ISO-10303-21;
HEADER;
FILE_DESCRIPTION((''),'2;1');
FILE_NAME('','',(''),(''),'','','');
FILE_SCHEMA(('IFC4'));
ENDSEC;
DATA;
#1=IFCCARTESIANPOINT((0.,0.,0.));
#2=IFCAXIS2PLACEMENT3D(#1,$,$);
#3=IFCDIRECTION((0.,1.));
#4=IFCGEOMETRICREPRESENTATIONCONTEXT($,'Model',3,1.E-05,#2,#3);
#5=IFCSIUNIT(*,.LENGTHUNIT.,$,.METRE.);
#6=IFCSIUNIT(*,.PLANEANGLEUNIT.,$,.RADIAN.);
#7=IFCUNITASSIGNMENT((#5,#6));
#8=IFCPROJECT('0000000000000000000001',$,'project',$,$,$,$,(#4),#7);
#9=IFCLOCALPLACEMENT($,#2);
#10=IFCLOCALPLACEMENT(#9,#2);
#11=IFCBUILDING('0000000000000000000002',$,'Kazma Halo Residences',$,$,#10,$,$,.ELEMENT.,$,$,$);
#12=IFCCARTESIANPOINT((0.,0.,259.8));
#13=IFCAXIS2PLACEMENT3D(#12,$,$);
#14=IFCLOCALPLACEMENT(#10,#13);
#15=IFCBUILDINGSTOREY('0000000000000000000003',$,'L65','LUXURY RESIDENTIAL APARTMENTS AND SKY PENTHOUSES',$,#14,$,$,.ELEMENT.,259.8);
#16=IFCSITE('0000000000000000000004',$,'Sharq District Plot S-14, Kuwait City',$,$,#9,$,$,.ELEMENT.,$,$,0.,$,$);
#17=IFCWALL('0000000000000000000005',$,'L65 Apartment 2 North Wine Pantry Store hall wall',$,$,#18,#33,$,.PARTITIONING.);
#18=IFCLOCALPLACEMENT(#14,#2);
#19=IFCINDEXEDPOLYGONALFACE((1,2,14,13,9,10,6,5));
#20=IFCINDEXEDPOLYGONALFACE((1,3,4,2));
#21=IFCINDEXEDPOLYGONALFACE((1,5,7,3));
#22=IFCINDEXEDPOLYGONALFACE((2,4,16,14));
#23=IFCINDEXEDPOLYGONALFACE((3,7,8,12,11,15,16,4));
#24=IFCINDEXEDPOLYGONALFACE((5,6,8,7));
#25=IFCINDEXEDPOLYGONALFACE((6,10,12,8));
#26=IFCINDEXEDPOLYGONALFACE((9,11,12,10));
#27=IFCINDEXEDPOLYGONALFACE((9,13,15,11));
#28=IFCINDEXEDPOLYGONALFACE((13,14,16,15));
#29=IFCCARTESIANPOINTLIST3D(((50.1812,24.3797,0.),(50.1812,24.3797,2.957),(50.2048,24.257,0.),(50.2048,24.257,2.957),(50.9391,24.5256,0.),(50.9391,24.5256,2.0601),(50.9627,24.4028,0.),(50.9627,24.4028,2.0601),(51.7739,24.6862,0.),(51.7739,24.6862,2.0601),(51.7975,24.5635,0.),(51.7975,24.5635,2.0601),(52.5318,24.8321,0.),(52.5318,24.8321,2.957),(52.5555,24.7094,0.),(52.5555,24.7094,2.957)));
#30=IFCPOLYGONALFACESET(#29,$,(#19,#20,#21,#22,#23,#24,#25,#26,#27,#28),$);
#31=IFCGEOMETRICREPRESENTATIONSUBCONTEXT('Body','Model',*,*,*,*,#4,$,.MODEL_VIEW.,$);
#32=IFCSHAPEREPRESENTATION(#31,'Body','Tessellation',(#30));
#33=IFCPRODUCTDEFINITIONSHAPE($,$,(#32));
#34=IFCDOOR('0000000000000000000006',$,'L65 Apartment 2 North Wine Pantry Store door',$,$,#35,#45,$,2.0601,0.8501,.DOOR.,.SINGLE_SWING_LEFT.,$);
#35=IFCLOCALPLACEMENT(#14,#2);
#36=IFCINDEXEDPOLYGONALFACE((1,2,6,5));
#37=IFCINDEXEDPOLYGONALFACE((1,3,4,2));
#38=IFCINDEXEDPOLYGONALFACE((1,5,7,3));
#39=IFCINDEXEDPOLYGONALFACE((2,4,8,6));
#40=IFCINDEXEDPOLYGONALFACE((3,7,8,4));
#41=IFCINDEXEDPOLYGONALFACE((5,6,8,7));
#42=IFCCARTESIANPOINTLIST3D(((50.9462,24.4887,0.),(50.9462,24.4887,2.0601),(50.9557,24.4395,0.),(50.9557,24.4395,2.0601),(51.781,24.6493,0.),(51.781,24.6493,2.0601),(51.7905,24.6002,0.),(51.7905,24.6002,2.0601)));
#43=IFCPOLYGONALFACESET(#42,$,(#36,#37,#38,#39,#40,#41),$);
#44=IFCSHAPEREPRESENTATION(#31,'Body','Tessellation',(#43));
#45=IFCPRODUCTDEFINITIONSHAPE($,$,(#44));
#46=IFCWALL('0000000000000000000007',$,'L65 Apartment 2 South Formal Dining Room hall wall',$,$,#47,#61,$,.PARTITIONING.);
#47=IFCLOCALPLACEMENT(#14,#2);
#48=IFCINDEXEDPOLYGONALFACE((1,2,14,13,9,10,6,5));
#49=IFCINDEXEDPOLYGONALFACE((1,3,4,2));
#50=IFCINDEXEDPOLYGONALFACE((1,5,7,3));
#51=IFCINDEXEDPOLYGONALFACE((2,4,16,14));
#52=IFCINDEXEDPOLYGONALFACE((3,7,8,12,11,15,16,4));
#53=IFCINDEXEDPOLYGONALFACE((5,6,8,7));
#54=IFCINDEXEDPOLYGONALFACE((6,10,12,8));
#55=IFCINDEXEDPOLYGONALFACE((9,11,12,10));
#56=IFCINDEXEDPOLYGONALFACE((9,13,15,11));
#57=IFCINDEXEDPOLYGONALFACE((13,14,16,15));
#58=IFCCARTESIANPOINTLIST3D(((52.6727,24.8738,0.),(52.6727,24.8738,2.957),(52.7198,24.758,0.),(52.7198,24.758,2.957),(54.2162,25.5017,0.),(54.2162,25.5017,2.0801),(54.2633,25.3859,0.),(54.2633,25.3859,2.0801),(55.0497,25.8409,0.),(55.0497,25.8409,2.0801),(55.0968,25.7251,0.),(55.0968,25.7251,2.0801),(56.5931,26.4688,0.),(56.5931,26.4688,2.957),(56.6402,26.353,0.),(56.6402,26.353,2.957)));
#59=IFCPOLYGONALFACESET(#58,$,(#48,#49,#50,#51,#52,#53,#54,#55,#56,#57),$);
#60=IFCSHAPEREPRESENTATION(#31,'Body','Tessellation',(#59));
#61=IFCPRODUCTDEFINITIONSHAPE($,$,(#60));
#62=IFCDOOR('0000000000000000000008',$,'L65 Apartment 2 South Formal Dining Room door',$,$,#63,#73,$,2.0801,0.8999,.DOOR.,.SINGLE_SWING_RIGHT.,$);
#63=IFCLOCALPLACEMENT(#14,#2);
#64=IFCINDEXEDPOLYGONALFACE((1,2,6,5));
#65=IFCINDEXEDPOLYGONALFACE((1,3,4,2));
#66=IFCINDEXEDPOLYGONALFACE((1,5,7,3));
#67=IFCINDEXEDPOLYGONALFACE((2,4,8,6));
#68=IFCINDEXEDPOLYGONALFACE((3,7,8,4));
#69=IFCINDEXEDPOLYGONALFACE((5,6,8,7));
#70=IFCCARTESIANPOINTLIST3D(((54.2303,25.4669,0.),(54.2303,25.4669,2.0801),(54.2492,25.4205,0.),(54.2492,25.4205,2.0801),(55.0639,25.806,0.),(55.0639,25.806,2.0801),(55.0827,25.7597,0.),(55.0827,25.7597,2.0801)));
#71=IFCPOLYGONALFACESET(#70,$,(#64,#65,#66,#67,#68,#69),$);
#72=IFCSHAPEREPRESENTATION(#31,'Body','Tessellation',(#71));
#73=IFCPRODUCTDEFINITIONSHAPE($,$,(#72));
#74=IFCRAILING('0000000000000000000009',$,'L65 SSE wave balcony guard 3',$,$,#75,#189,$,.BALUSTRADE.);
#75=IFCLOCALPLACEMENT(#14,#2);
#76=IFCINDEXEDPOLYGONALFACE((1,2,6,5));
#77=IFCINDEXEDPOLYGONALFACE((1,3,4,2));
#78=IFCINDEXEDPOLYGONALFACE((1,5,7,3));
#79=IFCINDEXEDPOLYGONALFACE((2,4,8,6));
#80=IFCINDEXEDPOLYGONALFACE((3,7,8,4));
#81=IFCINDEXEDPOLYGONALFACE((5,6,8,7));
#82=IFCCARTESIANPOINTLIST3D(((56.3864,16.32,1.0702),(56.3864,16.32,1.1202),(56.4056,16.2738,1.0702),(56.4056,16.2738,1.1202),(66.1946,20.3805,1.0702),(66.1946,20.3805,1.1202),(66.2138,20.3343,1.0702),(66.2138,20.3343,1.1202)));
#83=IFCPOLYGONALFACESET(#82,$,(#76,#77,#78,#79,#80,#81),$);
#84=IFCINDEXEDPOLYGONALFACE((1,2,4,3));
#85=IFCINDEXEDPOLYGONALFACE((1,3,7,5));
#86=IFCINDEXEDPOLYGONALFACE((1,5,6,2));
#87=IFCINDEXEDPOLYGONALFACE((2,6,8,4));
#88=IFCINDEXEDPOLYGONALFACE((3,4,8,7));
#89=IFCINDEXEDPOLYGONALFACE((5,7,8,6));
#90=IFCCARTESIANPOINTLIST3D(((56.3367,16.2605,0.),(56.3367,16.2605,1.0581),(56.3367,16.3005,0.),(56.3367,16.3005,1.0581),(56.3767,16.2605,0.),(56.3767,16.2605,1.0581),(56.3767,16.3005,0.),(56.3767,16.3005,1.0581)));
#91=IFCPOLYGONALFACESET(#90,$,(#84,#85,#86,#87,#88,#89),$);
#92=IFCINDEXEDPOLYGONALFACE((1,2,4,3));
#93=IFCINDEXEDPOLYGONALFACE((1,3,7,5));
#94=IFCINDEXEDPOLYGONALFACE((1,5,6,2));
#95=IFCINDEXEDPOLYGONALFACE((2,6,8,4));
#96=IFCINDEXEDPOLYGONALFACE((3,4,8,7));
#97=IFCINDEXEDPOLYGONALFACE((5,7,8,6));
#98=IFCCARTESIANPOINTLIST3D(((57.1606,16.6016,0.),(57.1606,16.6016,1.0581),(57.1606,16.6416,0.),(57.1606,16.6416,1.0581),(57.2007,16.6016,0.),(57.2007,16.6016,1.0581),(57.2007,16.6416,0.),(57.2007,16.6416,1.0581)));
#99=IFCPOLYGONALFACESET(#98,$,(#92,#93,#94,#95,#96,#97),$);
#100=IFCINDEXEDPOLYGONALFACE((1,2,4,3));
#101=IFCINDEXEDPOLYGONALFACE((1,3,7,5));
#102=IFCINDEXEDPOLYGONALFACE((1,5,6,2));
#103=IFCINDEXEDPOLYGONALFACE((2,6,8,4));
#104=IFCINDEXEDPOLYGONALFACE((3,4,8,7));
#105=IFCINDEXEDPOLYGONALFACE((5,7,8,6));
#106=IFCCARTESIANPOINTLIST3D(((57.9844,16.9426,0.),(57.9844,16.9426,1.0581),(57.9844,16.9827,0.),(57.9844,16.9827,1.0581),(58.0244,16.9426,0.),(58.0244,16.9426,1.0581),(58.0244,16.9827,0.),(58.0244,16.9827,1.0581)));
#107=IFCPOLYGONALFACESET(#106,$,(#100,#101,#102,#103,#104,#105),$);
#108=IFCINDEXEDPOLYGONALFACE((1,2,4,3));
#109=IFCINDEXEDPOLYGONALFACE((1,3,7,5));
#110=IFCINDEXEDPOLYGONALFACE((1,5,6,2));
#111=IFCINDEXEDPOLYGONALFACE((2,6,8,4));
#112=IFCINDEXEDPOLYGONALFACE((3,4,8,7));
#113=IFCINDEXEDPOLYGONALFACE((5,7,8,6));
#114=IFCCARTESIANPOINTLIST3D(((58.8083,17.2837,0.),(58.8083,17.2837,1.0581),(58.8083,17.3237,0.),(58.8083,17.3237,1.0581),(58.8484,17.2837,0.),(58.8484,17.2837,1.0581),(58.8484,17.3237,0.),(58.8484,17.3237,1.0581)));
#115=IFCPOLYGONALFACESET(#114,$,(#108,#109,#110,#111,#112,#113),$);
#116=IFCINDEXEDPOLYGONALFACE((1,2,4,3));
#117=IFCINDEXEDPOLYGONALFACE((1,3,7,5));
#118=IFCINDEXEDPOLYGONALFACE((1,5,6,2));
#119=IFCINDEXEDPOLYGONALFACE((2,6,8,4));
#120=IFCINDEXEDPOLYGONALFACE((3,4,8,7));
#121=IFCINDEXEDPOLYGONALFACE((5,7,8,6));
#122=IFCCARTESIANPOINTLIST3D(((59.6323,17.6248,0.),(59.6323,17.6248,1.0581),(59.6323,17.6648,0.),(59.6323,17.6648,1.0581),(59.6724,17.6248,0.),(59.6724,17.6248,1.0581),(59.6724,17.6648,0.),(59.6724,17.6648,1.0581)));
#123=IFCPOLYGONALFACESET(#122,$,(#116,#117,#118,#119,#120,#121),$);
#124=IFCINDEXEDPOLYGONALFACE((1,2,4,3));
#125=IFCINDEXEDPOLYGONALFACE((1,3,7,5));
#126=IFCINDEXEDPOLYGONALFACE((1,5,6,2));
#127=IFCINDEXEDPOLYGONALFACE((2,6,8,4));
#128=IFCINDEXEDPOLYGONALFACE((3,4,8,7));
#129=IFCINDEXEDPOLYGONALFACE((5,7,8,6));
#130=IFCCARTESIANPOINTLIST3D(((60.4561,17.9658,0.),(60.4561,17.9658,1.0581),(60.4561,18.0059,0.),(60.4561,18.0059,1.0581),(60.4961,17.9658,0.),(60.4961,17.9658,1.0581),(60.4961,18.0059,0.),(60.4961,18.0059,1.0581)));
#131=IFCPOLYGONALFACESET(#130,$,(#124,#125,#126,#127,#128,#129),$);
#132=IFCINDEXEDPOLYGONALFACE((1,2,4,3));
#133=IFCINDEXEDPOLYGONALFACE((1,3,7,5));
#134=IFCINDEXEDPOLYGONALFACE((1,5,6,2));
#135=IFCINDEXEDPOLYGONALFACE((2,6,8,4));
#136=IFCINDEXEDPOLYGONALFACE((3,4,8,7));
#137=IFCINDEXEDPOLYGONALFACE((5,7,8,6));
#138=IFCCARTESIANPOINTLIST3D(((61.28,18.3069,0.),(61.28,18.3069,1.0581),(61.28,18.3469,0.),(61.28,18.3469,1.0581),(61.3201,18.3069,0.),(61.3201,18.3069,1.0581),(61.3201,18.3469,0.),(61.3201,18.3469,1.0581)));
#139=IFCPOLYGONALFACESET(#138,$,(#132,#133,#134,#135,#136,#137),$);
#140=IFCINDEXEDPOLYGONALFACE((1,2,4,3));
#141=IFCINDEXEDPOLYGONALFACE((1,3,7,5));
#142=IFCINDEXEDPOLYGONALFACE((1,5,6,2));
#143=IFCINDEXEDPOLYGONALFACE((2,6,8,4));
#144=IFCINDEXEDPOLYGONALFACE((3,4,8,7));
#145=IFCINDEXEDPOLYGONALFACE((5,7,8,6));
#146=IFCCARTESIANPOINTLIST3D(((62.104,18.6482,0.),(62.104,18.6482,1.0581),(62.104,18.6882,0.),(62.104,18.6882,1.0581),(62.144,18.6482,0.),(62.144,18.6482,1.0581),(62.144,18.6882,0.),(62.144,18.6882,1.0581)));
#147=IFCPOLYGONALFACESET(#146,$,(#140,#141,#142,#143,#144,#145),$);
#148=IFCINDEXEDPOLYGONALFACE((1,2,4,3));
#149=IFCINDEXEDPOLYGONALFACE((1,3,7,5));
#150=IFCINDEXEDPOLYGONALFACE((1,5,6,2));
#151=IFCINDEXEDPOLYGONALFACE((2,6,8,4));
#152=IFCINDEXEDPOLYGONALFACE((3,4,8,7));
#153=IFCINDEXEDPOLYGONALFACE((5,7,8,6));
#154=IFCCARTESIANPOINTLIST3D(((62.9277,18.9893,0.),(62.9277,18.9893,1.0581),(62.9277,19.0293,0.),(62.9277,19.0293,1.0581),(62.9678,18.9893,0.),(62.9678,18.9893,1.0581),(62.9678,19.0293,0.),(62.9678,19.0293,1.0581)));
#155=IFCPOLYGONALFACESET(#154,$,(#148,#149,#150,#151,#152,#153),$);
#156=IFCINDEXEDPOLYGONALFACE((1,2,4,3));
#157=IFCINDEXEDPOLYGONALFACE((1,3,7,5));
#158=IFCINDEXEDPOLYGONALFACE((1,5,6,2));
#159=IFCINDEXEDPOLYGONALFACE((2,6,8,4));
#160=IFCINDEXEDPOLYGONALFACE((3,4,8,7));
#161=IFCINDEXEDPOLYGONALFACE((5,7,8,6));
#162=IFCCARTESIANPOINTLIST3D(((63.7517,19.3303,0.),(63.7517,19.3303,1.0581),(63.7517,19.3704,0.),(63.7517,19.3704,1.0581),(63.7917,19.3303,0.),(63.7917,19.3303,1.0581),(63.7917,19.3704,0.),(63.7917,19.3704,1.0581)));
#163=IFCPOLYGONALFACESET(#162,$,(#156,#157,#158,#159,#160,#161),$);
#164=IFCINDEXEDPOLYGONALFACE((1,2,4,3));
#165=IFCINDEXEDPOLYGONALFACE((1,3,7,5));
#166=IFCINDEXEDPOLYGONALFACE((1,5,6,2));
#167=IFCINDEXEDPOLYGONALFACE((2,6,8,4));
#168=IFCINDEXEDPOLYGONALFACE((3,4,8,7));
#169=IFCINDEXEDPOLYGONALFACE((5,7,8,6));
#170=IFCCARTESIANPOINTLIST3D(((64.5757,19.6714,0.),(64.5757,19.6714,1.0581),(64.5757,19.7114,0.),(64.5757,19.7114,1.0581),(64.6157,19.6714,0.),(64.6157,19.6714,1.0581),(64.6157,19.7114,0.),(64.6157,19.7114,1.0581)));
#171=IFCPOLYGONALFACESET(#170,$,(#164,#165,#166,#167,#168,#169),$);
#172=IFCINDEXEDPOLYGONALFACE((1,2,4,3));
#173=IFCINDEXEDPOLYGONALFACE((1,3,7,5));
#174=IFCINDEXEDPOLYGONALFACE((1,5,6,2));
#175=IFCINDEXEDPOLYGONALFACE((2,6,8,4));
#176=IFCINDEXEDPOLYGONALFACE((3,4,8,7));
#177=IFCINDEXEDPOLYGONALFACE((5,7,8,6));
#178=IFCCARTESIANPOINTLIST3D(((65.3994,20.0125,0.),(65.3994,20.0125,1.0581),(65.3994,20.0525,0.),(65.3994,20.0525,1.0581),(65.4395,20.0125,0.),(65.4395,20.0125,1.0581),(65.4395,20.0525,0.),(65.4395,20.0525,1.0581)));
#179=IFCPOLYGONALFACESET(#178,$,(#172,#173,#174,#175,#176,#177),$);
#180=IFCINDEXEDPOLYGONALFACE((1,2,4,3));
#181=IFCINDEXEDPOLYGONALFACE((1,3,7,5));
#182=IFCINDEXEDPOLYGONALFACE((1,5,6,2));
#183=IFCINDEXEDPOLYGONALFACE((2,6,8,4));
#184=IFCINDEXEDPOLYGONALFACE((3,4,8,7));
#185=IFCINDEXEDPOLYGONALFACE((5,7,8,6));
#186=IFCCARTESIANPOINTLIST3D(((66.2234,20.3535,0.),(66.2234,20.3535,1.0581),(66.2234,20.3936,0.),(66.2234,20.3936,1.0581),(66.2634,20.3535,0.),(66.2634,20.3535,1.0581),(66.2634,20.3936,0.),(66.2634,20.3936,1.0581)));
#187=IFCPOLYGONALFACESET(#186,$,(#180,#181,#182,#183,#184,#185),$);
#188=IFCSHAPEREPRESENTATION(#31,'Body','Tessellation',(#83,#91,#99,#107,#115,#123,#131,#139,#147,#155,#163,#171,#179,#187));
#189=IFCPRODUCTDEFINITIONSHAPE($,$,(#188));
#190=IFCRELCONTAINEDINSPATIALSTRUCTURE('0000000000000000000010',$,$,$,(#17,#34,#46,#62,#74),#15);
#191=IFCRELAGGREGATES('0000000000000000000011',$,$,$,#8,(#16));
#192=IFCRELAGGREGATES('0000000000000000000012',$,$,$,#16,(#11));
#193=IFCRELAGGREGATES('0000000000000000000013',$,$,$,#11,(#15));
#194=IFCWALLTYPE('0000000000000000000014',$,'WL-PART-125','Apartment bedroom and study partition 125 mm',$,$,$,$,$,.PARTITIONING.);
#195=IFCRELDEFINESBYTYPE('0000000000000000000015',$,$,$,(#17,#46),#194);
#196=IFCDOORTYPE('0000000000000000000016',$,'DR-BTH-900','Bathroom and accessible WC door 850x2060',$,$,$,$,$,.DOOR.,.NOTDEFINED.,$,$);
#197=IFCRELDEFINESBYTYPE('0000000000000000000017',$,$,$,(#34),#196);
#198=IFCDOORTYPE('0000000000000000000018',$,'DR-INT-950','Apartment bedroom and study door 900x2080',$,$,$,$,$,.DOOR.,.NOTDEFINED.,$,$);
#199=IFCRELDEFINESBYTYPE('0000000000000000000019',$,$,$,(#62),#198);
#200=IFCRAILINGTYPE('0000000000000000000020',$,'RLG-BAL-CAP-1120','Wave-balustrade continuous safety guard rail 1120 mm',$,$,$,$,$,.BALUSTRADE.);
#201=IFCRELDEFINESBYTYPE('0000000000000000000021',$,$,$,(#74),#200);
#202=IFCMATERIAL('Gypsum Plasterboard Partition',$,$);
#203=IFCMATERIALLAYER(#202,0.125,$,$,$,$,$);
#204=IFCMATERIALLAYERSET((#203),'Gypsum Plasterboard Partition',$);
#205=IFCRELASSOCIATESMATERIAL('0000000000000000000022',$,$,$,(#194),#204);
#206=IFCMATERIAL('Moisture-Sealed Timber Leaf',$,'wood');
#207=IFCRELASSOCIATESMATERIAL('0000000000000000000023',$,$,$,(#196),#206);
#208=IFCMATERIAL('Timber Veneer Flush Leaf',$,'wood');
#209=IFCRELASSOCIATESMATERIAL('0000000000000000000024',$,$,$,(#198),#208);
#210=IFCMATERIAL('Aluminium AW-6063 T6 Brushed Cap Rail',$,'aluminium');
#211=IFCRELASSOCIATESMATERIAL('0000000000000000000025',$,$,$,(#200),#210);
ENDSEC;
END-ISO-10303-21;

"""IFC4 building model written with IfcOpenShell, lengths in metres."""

from ifc_helpers import new_model, si_unit, direction, frame, frame_2d, origin, origin_2d, place, context, subcontext, project, spatial, rectangle, extrude, material, layer, layer_set, type_object, element, fill, save


model = new_model("IFC4")

# Units and contexts
model_context = context("Model", 3, precision=1e-05, world=origin(), true_north=direction((0.0, 1.0)))
body_context = subcontext(model_context, "Body", "Model", "MODEL_VIEW")
ifc_project = project(units=[si_unit("LENGTHUNIT", "METRE"), si_unit("PLANEANGLEUNIT", "RADIAN")], contexts=[model_context])

# Site, building, storey
site_placement = place(None, origin())
site = spatial("IfcSite", under=ifc_project, at=site_placement, Name="Sharq District Plot S-14, Kuwait City", CompositionType="ELEMENT", RefElevation=0.0)
building_placement = place(site_placement, origin())
building = spatial("IfcBuilding", under=site, at=building_placement, Name="Kazma Halo Residences", CompositionType="ELEMENT")
storey_placement = place(building_placement, frame((0.0, 0.0, 259.8)))
storey = spatial("IfcBuildingStorey", under=building, at=storey_placement, Name="L65", Description="LUXURY RESIDENTIAL APARTMENTS AND SKY PENTHOUSES", CompositionType="ELEMENT", Elevation=259.8)

# Shared definitions
ifc_material_1 = material(Name="Gypsum Plasterboard Partition")
ifc_layer_1 = layer(ifc_material_1, 0.125)
ifc_layer_set_1 = layer_set([ifc_layer_1], Name="Gypsum Plasterboard Partition")
wall_type_1 = type_object("IfcWallType", Name="WL-PART-125", Description="Apartment bedroom and study partition 125 mm", PredefinedType="PARTITIONING", material=ifc_layer_set_1)

# Walls, openings, doors
wall_1_placement = place(storey_placement, frame((50.1931, 24.3184, 0.0), z_axis=(0.0, 0.0, 1.0), x_axis=(0.981979, 0.188991, 0.0)))
wall_1 = element("IfcWall", 1, at=wall_1_placement, inside=storey, type_object=wall_type_1, Name="L65 Apartment 2 North Wine Pantry Store hall wall", PredefinedType="PARTITIONING", context=body_context, shape_type="SweptSolid", body=[
    extrude(rectangle(XDim=2.3938, YDim=0.125, at=frame_2d((1.1968, 0.0))), origin(), (0.0, 0.0, 1.0), 2.957),
])
opening_1_placement = place(wall_1_placement, frame((0.7717, 0.0, 0.0)))
opening_1 = element("IfcOpeningElement", 2, at=opening_1_placement, cuts=wall_1, PredefinedType="OPENING", context=body_context, shape_type="SweptSolid", body=[
    extrude(rectangle(XDim=0.8501, YDim=2.0601, at=frame_2d((0.425, 1.03))), frame((0.0, 0.0725, 0.0), z_axis=(0.0, -1.0, 0.0), x_axis=(1.0, 0.0, 0.0)), (0.0, 0.0, 1.0), 0.145),
])
ifc_material_2 = material(Name="Moisture-Sealed Timber Leaf", Category="wood")
door_type_1 = type_object("IfcDoorType", Name="DR-BTH-900", Description="Bathroom and accessible WC door 850x2060", OperationType="NOTDEFINED", PredefinedType="DOOR", material=ifc_material_2)
door_1_placement = place(opening_1_placement, origin())
door_1 = element("IfcDoor", 3, at=door_1_placement, inside=storey, type_object=door_type_1, Name="L65 Apartment 2 North Wine Pantry Store door", OperationType="SINGLE_SWING_LEFT", OverallHeight=2.0601, OverallWidth=0.8501, PredefinedType="DOOR", context=body_context, shape_type="SweptSolid", body=[
    extrude(rectangle(XDim=0.8501, YDim=2.0601, at=frame_2d((0.425, 1.03))), frame((0.0, 0.0249, 0.0), z_axis=(0.0, -1.0, 0.0), x_axis=(1.0, 0.0, 0.0)), (0.0, 0.0, 1.0), 0.05),
])
fill(opening_1, door_1)
wall_2_placement = place(storey_placement, frame((52.6963, 24.8159, 0.0), z_axis=(0.0, 0.0, 1.0), x_axis=(0.926277, 0.376844, 0.0)))
wall_2 = element("IfcWall", 4, at=wall_2_placement, inside=storey, type_object=wall_type_1, Name="L65 Apartment 2 South Formal Dining Room hall wall", PredefinedType="PARTITIONING", context=body_context, shape_type="SweptSolid", body=[
    extrude(rectangle(XDim=4.2324, YDim=0.125, at=frame_2d((2.1162, 0.0))), origin(), (0.0, 0.0, 1.0), 2.957),
])
opening_2_placement = place(wall_2_placement, frame((1.6663, 0.0, 0.0)))
opening_2 = element("IfcOpeningElement", 5, at=opening_2_placement, cuts=wall_2, PredefinedType="OPENING", context=body_context, shape_type="SweptSolid", body=[
    extrude(rectangle(XDim=0.8999, YDim=2.0801, at=frame_2d((0.45, 1.04))), frame((0.0, 0.0725, 0.0), z_axis=(0.0, -1.0, 0.0), x_axis=(1.0, 0.0, 0.0)), (0.0, 0.0, 1.0), 0.145),
])
ifc_material_3 = material(Name="Timber Veneer Flush Leaf", Category="wood")
door_type_2 = type_object("IfcDoorType", Name="DR-INT-950", Description="Apartment bedroom and study door 900x2080", OperationType="NOTDEFINED", PredefinedType="DOOR", material=ifc_material_3)
door_2_placement = place(opening_2_placement, origin())
door_2 = element("IfcDoor", 6, at=door_2_placement, inside=storey, type_object=door_type_2, Name="L65 Apartment 2 South Formal Dining Room door", OperationType="SINGLE_SWING_RIGHT", OverallHeight=2.0801, OverallWidth=0.8999, PredefinedType="DOOR", context=body_context, shape_type="SweptSolid", body=[
    extrude(rectangle(XDim=0.8999, YDim=2.0801, at=frame_2d((0.45, 1.04))), frame((0.0, 0.0249, 0.0), z_axis=(0.0, -1.0, 0.0), x_axis=(1.0, 0.0, 0.0)), (0.0, 0.0, 1.0), 0.05),
])
fill(opening_2, door_2)

# Railing
ifc_material_4 = material(Name="Aluminium AW-6063 T6 Brushed Cap Rail", Category="aluminium")
railing_type_1 = type_object("IfcRailingType", Name="RLG-BAL-CAP-1120", Description="Wave-balustrade continuous safety guard rail 1120 mm", PredefinedType="BALUSTRADE", material=ifc_material_4)
railing_1_placement = place(storey_placement, frame((56.3567, 16.2805, 0.0)))
element("IfcRailing", 7, at=railing_1_placement, inside=storey, type_object=railing_type_1, Name="L65 SSE wave balcony guard 3", PredefinedType="BALUSTRADE", context=body_context, shape_type="SweptSolid", body=[
    extrude(rectangle(XDim=0.05, YDim=0.05, at=origin_2d()), frame((0.0393, 0.0164, 1.0952), z_axis=(0.923952, 0.382508, 0.0), x_axis=(-0.382508, 0.923952, 0.0)), (0.0, 0.0, 1.0), 10.6155),
    extrude(rectangle(XDim=0.04, YDim=0.04, at=origin_2d()), origin(), (0.0, 0.0, 1.0), 1.0581),
    extrude(rectangle(XDim=0.04, YDim=0.04, at=origin_2d()), frame((0.824, 0.3411, 0.0)), (0.0, 0.0, 1.0), 1.0581),
    extrude(rectangle(XDim=0.04, YDim=0.04, at=origin_2d()), frame((1.6477, 0.6821, 0.0)), (0.0, 0.0, 1.0), 1.0581),
    extrude(rectangle(XDim=0.04, YDim=0.04, at=origin_2d()), frame((2.4717, 1.0232, 0.0)), (0.0, 0.0, 1.0), 1.0581),
    extrude(rectangle(XDim=0.04, YDim=0.04, at=origin_2d()), frame((3.2957, 1.3643, 0.0)), (0.0, 0.0, 1.0), 1.0581),
    extrude(rectangle(XDim=0.04, YDim=0.04, at=origin_2d()), frame((4.1194, 1.7053, 0.0)), (0.0, 0.0, 1.0), 1.0581),
    extrude(rectangle(XDim=0.04, YDim=0.04, at=origin_2d()), frame((4.9434, 2.0464, 0.0)), (0.0, 0.0, 1.0), 1.0581),
    extrude(rectangle(XDim=0.04, YDim=0.04, at=origin_2d()), frame((5.7673, 2.3877, 0.0)), (0.0, 0.0, 1.0), 1.0581),
    extrude(rectangle(XDim=0.04, YDim=0.04, at=origin_2d()), frame((6.5911, 2.7288, 0.0)), (0.0, 0.0, 1.0), 1.0581),
    extrude(rectangle(XDim=0.04, YDim=0.04, at=origin_2d()), frame((7.415, 3.0698, 0.0)), (0.0, 0.0, 1.0), 1.0581),
    extrude(rectangle(XDim=0.04, YDim=0.04, at=origin_2d()), frame((8.239, 3.4109, 0.0)), (0.0, 0.0, 1.0), 1.0581),
    extrude(rectangle(XDim=0.04, YDim=0.04, at=origin_2d()), frame((9.0627, 3.752, 0.0)), (0.0, 0.0, 1.0), 1.0581),
    extrude(rectangle(XDim=0.04, YDim=0.04, at=origin_2d()), frame((9.8867, 4.093, 0.0)), (0.0, 0.0, 1.0), 1.0581),
])

save(model, "model.ifc")
